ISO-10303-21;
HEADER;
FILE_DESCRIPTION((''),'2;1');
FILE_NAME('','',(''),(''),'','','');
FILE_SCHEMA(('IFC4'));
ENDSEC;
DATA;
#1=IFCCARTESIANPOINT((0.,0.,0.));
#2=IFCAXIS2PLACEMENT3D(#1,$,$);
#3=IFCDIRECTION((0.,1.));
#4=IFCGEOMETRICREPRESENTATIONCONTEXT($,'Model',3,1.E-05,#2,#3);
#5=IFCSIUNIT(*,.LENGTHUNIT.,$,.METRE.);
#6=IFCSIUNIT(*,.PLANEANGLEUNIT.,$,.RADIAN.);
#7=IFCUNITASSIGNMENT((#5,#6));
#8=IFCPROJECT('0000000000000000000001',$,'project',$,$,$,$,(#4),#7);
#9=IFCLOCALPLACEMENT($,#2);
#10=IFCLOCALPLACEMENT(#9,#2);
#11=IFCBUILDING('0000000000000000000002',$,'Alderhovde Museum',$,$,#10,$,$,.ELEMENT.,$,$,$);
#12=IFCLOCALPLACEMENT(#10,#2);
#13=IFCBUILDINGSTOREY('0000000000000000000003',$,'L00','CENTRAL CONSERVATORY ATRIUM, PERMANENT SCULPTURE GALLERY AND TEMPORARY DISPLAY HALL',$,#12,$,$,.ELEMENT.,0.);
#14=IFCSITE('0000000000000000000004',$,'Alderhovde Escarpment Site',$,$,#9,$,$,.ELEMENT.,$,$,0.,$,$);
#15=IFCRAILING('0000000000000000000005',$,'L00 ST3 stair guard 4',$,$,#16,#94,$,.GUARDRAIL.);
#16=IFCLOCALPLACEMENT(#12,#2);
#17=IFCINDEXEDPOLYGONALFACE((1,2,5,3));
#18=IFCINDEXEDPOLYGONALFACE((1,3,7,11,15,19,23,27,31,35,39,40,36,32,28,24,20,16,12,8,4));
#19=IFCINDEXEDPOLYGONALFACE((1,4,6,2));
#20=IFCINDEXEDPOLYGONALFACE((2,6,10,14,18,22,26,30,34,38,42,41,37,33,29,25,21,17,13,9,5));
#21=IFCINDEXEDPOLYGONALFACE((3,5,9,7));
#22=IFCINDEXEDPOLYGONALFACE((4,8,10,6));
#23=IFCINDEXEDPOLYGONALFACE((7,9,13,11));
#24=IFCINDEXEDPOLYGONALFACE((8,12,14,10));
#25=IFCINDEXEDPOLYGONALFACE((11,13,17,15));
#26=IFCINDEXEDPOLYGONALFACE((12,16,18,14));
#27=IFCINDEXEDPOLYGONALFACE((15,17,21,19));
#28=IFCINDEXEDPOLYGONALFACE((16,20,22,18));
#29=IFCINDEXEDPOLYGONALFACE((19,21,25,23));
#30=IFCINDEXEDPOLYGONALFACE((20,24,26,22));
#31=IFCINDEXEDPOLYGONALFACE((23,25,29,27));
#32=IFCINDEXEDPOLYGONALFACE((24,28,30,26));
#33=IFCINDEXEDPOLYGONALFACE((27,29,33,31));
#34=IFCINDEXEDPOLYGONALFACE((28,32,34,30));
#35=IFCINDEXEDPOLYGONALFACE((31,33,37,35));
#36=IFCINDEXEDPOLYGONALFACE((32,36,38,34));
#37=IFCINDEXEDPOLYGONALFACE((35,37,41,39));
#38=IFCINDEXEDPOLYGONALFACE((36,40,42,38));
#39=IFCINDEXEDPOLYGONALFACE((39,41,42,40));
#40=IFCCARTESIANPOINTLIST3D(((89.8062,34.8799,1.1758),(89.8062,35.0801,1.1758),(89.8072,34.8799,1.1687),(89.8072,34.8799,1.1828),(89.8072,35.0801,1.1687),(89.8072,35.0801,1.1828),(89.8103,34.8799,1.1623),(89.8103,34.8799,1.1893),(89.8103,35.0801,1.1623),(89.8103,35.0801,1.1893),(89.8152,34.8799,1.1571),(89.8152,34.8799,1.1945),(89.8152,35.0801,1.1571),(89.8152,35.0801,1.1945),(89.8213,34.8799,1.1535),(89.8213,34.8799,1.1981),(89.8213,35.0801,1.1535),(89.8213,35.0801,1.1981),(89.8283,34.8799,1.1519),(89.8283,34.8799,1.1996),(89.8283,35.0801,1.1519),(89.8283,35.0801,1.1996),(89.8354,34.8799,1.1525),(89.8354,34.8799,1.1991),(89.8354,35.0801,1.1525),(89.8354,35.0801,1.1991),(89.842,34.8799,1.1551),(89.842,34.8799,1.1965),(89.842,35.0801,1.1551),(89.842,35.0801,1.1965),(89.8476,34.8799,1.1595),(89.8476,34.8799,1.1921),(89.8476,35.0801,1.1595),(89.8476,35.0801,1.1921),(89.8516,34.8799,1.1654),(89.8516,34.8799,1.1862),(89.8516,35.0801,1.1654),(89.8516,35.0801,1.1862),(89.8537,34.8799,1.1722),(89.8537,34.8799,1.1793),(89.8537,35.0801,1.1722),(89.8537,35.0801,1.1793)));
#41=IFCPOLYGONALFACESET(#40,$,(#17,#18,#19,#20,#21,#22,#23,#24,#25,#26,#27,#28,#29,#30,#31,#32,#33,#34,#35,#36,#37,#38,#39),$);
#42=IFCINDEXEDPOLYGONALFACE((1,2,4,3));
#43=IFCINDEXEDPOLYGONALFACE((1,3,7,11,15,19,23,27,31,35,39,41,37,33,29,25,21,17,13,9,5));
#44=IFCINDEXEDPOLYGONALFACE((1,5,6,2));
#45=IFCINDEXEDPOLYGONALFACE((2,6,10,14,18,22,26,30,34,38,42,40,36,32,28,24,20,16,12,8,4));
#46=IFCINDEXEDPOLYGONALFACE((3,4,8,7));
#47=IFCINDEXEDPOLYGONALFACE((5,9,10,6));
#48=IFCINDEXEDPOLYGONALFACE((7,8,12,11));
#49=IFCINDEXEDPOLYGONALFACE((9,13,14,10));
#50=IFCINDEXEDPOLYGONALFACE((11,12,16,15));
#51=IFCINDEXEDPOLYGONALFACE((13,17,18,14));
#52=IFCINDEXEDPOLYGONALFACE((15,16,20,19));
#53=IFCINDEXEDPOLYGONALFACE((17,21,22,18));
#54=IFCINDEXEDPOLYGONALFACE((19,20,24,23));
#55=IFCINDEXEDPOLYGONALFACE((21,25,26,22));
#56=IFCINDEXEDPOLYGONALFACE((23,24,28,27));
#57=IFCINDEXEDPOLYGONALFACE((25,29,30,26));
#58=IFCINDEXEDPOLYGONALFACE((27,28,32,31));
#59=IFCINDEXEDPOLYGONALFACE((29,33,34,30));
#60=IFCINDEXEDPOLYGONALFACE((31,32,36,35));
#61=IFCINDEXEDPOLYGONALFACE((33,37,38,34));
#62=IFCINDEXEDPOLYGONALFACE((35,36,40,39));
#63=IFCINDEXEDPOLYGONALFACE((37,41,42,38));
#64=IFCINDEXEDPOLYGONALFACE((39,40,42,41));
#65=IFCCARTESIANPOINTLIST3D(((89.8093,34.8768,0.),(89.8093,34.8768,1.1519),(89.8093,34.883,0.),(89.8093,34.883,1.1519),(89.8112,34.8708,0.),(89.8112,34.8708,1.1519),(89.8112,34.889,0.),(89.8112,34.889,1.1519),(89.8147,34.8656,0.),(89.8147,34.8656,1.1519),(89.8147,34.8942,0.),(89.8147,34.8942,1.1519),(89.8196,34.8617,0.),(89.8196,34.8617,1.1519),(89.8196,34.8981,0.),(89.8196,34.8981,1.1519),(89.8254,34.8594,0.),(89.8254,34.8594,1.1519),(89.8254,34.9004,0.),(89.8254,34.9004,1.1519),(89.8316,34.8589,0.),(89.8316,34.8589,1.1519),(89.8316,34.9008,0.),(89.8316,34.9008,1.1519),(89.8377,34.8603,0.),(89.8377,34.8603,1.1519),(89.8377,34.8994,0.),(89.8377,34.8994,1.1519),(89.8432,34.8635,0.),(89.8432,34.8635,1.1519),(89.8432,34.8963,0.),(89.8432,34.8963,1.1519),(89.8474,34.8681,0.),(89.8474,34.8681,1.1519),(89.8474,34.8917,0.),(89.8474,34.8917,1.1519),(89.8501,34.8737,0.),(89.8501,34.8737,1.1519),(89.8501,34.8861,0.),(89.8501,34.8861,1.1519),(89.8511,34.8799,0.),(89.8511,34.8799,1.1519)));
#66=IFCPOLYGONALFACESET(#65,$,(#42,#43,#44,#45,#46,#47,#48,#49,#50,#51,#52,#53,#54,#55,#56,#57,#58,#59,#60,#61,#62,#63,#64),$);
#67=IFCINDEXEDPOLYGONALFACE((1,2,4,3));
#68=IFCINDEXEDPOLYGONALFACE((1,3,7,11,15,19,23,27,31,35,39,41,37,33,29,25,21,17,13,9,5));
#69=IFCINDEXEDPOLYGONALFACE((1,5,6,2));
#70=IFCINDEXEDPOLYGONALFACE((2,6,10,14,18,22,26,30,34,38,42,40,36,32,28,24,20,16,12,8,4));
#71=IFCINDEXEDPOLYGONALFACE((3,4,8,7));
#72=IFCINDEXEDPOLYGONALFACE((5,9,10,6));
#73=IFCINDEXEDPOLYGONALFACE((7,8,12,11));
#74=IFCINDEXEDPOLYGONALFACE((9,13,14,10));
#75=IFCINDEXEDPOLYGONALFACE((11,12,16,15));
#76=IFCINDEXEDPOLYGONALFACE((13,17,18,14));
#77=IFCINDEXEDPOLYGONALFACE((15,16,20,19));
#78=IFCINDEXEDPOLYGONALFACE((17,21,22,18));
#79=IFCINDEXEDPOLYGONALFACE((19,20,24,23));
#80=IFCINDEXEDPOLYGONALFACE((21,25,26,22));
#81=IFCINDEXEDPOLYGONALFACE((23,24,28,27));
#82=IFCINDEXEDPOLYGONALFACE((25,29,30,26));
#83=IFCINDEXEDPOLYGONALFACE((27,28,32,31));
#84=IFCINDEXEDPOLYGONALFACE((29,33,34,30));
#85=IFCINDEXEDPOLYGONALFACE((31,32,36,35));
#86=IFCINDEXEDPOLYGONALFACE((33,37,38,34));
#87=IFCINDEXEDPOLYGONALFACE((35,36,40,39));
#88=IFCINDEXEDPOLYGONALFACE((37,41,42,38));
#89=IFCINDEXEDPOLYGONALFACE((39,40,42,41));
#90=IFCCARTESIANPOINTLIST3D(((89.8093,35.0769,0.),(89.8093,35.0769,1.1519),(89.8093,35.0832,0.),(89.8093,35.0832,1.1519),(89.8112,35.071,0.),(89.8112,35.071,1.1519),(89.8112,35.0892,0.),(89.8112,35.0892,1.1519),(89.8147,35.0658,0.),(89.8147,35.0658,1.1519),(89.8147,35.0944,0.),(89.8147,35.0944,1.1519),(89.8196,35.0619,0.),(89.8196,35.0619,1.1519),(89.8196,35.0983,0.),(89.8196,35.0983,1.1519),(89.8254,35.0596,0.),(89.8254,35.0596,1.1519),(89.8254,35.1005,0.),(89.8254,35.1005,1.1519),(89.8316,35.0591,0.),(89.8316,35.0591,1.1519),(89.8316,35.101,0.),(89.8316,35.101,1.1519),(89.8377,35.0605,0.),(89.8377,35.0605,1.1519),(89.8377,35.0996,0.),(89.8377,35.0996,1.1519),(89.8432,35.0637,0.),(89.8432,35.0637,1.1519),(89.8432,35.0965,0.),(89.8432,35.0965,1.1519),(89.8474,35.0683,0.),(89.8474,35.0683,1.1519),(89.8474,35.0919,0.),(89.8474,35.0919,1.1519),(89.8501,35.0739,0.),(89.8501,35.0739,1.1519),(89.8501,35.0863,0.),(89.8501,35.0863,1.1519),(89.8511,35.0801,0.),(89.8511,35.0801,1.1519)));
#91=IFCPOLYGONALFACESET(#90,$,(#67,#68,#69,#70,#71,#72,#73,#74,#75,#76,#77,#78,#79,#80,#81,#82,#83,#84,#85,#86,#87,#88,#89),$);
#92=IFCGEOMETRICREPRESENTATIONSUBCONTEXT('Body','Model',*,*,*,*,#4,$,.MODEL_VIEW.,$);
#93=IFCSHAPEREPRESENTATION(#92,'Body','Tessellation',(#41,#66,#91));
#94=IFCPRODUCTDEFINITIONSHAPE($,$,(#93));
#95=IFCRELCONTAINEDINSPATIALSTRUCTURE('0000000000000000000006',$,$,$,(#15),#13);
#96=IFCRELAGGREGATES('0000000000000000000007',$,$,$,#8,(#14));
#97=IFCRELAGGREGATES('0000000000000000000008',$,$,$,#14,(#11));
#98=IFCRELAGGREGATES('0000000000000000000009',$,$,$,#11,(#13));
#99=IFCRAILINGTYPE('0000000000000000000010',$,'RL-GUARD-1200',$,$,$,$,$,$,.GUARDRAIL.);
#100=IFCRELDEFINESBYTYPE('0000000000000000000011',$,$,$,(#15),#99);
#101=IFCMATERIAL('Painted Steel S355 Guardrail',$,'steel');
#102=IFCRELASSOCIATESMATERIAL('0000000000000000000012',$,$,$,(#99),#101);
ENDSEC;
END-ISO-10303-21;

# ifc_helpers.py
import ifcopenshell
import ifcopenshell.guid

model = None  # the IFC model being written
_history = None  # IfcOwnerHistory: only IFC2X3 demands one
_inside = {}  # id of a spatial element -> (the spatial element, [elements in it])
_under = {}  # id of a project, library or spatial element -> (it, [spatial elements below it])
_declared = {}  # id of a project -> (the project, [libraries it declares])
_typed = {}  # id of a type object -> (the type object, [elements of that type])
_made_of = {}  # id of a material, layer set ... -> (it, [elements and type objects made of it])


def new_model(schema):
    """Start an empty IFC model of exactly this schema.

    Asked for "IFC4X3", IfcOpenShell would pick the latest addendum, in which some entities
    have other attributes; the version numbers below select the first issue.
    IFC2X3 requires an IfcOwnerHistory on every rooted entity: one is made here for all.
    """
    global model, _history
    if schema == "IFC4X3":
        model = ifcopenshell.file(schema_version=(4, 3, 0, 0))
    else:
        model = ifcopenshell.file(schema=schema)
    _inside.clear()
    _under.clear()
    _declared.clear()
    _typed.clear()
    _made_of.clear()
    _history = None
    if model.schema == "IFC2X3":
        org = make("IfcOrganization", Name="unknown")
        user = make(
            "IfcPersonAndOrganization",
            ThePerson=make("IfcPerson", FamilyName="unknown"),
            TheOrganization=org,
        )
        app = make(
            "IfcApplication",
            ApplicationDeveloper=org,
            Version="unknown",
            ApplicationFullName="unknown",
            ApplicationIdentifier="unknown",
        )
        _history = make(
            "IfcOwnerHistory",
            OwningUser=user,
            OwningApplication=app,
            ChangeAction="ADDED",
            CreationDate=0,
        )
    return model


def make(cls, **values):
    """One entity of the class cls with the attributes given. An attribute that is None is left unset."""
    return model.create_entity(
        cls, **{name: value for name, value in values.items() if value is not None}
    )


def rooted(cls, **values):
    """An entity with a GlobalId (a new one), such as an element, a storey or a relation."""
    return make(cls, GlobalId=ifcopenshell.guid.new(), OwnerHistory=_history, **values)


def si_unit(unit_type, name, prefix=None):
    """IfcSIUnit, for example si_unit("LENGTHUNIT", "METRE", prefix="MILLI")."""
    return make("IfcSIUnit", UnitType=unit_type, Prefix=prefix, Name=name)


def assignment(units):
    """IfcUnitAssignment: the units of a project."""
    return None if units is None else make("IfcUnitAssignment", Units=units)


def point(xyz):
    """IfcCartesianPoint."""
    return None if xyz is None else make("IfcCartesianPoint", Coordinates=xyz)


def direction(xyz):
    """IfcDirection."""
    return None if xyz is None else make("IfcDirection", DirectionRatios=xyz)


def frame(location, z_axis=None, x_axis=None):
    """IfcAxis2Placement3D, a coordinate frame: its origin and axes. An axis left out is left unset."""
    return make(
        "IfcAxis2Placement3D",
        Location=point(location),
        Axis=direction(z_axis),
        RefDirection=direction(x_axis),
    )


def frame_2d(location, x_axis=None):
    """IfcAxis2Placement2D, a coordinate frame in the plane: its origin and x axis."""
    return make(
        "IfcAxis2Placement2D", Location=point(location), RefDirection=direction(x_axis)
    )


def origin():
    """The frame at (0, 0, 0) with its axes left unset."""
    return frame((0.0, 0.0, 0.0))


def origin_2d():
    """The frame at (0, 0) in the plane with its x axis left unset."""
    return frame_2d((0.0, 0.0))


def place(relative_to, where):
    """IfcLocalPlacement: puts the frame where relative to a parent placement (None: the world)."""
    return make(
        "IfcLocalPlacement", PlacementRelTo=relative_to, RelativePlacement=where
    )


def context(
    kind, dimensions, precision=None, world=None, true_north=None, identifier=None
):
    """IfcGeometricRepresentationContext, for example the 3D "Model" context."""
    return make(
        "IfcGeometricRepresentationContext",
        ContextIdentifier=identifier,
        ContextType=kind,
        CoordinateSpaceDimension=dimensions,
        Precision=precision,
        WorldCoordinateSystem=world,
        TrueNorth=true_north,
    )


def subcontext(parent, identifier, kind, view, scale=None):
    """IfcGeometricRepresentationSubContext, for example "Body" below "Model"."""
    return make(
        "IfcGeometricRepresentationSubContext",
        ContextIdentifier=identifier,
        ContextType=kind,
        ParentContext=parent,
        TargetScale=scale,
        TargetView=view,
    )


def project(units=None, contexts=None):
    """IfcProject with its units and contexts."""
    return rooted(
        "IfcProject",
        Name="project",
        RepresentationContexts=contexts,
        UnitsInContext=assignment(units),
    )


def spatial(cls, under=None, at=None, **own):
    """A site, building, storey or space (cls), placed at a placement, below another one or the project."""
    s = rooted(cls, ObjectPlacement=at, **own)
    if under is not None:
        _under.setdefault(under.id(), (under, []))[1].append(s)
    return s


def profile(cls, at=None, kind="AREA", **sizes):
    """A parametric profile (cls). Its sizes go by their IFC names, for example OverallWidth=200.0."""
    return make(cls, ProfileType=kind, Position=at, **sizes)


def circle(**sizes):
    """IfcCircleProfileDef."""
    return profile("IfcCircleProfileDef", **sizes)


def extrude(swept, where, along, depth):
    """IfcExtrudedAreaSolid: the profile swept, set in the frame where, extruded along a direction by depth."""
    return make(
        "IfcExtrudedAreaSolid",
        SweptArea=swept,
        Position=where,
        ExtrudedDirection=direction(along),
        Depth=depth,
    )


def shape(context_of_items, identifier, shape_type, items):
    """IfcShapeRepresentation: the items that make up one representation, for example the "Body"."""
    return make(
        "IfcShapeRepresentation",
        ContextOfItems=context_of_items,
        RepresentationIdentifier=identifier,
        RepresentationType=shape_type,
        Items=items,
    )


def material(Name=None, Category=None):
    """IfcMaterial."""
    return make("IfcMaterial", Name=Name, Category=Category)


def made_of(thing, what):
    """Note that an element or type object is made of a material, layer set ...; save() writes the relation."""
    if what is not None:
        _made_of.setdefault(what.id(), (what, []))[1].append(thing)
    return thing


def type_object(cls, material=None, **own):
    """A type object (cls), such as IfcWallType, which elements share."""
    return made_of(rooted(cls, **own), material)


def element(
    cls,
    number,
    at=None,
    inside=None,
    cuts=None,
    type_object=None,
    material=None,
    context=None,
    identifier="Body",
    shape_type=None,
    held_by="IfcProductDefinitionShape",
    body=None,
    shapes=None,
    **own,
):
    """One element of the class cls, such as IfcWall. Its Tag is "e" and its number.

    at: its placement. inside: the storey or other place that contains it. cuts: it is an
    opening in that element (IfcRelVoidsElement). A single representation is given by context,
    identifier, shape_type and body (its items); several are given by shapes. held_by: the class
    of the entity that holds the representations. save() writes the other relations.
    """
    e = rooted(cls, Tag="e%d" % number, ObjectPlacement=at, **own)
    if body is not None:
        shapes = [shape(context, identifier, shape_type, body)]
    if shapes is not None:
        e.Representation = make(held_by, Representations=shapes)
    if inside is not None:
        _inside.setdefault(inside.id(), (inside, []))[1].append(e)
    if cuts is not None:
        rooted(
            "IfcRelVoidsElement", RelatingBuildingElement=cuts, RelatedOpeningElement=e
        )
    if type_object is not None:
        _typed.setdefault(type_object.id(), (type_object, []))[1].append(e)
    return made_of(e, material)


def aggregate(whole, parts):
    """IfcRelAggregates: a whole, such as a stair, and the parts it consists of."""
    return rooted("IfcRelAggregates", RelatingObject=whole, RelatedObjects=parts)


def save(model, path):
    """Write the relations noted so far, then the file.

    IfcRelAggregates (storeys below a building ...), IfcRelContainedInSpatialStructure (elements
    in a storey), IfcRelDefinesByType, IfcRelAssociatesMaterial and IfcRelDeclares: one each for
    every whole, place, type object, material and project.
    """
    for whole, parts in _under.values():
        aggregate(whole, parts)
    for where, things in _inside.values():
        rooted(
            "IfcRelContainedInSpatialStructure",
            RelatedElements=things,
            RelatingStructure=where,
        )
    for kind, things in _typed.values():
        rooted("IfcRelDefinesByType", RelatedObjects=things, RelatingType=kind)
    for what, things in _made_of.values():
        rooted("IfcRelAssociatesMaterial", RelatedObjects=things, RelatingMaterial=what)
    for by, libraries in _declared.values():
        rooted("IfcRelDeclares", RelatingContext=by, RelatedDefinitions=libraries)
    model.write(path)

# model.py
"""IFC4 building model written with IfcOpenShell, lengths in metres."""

from ifc_helpers import new_model, si_unit, direction, frame, origin, origin_2d, place, context, subcontext, project, spatial, circle, extrude, material, type_object, element, save


model = new_model("IFC4")

# Units and contexts
model_context = context("Model", 3, precision=1e-05, world=origin(), true_north=direction((0.0, 1.0)))
body_context = subcontext(model_context, "Body", "Model", "MODEL_VIEW")
ifc_project = project(units=[si_unit("LENGTHUNIT", "METRE"), si_unit("PLANEANGLEUNIT", "RADIAN")], contexts=[model_context])

# Site, building, storey
site_placement = place(None, origin())
site = spatial("IfcSite", under=ifc_project, at=site_placement, Name="Alderhovde Escarpment Site", CompositionType="ELEMENT", RefElevation=0.0)
building_placement = place(site_placement, origin())
building = spatial("IfcBuilding", under=site, at=building_placement, Name="Alderhovde Museum", CompositionType="ELEMENT")
storey_placement = place(building_placement, origin())
storey = spatial("IfcBuildingStorey", under=building, at=storey_placement, Name="L00", Description="CENTRAL CONSERVATORY ATRIUM, PERMANENT SCULPTURE GALLERY AND TEMPORARY DISPLAY HALL", CompositionType="ELEMENT", Elevation=0.0)

# Railing
ifc_material_1 = material(Name="Painted Steel S355 Guardrail", Category="steel")
railing_type_1 = type_object("IfcRailingType", Name="RL-GUARD-1200", PredefinedType="GUARDRAIL", material=ifc_material_1)
railing_1_placement = place(storey_placement, frame((89.8301, 34.8799, 0.0)))
element("IfcRailing", 1, at=railing_1_placement, inside=storey, type_object=railing_type_1, Name="L00 ST3 stair guard 4", PredefinedType="GUARDRAIL", context=body_context, shape_type="SweptSolid", body=[
    extrude(circle(Radius=0.0239, at=origin_2d()), frame((0.0, 0.0, 1.1758), z_axis=(0.0, 1.0, 0.0), x_axis=(-1.0, 0.0, 0.0)), (0.0, 0.0, 1.0), 0.2002),
    extrude(circle(Radius=0.021, at=origin_2d()), origin(), (0.0, 0.0, 1.0), 1.1519),
    extrude(circle(Radius=0.021, at=origin_2d()), frame((0.0, 0.2002, 0.0)), (0.0, 0.0, 1.0), 1.1519),
])

save(model, "model.ifc")
